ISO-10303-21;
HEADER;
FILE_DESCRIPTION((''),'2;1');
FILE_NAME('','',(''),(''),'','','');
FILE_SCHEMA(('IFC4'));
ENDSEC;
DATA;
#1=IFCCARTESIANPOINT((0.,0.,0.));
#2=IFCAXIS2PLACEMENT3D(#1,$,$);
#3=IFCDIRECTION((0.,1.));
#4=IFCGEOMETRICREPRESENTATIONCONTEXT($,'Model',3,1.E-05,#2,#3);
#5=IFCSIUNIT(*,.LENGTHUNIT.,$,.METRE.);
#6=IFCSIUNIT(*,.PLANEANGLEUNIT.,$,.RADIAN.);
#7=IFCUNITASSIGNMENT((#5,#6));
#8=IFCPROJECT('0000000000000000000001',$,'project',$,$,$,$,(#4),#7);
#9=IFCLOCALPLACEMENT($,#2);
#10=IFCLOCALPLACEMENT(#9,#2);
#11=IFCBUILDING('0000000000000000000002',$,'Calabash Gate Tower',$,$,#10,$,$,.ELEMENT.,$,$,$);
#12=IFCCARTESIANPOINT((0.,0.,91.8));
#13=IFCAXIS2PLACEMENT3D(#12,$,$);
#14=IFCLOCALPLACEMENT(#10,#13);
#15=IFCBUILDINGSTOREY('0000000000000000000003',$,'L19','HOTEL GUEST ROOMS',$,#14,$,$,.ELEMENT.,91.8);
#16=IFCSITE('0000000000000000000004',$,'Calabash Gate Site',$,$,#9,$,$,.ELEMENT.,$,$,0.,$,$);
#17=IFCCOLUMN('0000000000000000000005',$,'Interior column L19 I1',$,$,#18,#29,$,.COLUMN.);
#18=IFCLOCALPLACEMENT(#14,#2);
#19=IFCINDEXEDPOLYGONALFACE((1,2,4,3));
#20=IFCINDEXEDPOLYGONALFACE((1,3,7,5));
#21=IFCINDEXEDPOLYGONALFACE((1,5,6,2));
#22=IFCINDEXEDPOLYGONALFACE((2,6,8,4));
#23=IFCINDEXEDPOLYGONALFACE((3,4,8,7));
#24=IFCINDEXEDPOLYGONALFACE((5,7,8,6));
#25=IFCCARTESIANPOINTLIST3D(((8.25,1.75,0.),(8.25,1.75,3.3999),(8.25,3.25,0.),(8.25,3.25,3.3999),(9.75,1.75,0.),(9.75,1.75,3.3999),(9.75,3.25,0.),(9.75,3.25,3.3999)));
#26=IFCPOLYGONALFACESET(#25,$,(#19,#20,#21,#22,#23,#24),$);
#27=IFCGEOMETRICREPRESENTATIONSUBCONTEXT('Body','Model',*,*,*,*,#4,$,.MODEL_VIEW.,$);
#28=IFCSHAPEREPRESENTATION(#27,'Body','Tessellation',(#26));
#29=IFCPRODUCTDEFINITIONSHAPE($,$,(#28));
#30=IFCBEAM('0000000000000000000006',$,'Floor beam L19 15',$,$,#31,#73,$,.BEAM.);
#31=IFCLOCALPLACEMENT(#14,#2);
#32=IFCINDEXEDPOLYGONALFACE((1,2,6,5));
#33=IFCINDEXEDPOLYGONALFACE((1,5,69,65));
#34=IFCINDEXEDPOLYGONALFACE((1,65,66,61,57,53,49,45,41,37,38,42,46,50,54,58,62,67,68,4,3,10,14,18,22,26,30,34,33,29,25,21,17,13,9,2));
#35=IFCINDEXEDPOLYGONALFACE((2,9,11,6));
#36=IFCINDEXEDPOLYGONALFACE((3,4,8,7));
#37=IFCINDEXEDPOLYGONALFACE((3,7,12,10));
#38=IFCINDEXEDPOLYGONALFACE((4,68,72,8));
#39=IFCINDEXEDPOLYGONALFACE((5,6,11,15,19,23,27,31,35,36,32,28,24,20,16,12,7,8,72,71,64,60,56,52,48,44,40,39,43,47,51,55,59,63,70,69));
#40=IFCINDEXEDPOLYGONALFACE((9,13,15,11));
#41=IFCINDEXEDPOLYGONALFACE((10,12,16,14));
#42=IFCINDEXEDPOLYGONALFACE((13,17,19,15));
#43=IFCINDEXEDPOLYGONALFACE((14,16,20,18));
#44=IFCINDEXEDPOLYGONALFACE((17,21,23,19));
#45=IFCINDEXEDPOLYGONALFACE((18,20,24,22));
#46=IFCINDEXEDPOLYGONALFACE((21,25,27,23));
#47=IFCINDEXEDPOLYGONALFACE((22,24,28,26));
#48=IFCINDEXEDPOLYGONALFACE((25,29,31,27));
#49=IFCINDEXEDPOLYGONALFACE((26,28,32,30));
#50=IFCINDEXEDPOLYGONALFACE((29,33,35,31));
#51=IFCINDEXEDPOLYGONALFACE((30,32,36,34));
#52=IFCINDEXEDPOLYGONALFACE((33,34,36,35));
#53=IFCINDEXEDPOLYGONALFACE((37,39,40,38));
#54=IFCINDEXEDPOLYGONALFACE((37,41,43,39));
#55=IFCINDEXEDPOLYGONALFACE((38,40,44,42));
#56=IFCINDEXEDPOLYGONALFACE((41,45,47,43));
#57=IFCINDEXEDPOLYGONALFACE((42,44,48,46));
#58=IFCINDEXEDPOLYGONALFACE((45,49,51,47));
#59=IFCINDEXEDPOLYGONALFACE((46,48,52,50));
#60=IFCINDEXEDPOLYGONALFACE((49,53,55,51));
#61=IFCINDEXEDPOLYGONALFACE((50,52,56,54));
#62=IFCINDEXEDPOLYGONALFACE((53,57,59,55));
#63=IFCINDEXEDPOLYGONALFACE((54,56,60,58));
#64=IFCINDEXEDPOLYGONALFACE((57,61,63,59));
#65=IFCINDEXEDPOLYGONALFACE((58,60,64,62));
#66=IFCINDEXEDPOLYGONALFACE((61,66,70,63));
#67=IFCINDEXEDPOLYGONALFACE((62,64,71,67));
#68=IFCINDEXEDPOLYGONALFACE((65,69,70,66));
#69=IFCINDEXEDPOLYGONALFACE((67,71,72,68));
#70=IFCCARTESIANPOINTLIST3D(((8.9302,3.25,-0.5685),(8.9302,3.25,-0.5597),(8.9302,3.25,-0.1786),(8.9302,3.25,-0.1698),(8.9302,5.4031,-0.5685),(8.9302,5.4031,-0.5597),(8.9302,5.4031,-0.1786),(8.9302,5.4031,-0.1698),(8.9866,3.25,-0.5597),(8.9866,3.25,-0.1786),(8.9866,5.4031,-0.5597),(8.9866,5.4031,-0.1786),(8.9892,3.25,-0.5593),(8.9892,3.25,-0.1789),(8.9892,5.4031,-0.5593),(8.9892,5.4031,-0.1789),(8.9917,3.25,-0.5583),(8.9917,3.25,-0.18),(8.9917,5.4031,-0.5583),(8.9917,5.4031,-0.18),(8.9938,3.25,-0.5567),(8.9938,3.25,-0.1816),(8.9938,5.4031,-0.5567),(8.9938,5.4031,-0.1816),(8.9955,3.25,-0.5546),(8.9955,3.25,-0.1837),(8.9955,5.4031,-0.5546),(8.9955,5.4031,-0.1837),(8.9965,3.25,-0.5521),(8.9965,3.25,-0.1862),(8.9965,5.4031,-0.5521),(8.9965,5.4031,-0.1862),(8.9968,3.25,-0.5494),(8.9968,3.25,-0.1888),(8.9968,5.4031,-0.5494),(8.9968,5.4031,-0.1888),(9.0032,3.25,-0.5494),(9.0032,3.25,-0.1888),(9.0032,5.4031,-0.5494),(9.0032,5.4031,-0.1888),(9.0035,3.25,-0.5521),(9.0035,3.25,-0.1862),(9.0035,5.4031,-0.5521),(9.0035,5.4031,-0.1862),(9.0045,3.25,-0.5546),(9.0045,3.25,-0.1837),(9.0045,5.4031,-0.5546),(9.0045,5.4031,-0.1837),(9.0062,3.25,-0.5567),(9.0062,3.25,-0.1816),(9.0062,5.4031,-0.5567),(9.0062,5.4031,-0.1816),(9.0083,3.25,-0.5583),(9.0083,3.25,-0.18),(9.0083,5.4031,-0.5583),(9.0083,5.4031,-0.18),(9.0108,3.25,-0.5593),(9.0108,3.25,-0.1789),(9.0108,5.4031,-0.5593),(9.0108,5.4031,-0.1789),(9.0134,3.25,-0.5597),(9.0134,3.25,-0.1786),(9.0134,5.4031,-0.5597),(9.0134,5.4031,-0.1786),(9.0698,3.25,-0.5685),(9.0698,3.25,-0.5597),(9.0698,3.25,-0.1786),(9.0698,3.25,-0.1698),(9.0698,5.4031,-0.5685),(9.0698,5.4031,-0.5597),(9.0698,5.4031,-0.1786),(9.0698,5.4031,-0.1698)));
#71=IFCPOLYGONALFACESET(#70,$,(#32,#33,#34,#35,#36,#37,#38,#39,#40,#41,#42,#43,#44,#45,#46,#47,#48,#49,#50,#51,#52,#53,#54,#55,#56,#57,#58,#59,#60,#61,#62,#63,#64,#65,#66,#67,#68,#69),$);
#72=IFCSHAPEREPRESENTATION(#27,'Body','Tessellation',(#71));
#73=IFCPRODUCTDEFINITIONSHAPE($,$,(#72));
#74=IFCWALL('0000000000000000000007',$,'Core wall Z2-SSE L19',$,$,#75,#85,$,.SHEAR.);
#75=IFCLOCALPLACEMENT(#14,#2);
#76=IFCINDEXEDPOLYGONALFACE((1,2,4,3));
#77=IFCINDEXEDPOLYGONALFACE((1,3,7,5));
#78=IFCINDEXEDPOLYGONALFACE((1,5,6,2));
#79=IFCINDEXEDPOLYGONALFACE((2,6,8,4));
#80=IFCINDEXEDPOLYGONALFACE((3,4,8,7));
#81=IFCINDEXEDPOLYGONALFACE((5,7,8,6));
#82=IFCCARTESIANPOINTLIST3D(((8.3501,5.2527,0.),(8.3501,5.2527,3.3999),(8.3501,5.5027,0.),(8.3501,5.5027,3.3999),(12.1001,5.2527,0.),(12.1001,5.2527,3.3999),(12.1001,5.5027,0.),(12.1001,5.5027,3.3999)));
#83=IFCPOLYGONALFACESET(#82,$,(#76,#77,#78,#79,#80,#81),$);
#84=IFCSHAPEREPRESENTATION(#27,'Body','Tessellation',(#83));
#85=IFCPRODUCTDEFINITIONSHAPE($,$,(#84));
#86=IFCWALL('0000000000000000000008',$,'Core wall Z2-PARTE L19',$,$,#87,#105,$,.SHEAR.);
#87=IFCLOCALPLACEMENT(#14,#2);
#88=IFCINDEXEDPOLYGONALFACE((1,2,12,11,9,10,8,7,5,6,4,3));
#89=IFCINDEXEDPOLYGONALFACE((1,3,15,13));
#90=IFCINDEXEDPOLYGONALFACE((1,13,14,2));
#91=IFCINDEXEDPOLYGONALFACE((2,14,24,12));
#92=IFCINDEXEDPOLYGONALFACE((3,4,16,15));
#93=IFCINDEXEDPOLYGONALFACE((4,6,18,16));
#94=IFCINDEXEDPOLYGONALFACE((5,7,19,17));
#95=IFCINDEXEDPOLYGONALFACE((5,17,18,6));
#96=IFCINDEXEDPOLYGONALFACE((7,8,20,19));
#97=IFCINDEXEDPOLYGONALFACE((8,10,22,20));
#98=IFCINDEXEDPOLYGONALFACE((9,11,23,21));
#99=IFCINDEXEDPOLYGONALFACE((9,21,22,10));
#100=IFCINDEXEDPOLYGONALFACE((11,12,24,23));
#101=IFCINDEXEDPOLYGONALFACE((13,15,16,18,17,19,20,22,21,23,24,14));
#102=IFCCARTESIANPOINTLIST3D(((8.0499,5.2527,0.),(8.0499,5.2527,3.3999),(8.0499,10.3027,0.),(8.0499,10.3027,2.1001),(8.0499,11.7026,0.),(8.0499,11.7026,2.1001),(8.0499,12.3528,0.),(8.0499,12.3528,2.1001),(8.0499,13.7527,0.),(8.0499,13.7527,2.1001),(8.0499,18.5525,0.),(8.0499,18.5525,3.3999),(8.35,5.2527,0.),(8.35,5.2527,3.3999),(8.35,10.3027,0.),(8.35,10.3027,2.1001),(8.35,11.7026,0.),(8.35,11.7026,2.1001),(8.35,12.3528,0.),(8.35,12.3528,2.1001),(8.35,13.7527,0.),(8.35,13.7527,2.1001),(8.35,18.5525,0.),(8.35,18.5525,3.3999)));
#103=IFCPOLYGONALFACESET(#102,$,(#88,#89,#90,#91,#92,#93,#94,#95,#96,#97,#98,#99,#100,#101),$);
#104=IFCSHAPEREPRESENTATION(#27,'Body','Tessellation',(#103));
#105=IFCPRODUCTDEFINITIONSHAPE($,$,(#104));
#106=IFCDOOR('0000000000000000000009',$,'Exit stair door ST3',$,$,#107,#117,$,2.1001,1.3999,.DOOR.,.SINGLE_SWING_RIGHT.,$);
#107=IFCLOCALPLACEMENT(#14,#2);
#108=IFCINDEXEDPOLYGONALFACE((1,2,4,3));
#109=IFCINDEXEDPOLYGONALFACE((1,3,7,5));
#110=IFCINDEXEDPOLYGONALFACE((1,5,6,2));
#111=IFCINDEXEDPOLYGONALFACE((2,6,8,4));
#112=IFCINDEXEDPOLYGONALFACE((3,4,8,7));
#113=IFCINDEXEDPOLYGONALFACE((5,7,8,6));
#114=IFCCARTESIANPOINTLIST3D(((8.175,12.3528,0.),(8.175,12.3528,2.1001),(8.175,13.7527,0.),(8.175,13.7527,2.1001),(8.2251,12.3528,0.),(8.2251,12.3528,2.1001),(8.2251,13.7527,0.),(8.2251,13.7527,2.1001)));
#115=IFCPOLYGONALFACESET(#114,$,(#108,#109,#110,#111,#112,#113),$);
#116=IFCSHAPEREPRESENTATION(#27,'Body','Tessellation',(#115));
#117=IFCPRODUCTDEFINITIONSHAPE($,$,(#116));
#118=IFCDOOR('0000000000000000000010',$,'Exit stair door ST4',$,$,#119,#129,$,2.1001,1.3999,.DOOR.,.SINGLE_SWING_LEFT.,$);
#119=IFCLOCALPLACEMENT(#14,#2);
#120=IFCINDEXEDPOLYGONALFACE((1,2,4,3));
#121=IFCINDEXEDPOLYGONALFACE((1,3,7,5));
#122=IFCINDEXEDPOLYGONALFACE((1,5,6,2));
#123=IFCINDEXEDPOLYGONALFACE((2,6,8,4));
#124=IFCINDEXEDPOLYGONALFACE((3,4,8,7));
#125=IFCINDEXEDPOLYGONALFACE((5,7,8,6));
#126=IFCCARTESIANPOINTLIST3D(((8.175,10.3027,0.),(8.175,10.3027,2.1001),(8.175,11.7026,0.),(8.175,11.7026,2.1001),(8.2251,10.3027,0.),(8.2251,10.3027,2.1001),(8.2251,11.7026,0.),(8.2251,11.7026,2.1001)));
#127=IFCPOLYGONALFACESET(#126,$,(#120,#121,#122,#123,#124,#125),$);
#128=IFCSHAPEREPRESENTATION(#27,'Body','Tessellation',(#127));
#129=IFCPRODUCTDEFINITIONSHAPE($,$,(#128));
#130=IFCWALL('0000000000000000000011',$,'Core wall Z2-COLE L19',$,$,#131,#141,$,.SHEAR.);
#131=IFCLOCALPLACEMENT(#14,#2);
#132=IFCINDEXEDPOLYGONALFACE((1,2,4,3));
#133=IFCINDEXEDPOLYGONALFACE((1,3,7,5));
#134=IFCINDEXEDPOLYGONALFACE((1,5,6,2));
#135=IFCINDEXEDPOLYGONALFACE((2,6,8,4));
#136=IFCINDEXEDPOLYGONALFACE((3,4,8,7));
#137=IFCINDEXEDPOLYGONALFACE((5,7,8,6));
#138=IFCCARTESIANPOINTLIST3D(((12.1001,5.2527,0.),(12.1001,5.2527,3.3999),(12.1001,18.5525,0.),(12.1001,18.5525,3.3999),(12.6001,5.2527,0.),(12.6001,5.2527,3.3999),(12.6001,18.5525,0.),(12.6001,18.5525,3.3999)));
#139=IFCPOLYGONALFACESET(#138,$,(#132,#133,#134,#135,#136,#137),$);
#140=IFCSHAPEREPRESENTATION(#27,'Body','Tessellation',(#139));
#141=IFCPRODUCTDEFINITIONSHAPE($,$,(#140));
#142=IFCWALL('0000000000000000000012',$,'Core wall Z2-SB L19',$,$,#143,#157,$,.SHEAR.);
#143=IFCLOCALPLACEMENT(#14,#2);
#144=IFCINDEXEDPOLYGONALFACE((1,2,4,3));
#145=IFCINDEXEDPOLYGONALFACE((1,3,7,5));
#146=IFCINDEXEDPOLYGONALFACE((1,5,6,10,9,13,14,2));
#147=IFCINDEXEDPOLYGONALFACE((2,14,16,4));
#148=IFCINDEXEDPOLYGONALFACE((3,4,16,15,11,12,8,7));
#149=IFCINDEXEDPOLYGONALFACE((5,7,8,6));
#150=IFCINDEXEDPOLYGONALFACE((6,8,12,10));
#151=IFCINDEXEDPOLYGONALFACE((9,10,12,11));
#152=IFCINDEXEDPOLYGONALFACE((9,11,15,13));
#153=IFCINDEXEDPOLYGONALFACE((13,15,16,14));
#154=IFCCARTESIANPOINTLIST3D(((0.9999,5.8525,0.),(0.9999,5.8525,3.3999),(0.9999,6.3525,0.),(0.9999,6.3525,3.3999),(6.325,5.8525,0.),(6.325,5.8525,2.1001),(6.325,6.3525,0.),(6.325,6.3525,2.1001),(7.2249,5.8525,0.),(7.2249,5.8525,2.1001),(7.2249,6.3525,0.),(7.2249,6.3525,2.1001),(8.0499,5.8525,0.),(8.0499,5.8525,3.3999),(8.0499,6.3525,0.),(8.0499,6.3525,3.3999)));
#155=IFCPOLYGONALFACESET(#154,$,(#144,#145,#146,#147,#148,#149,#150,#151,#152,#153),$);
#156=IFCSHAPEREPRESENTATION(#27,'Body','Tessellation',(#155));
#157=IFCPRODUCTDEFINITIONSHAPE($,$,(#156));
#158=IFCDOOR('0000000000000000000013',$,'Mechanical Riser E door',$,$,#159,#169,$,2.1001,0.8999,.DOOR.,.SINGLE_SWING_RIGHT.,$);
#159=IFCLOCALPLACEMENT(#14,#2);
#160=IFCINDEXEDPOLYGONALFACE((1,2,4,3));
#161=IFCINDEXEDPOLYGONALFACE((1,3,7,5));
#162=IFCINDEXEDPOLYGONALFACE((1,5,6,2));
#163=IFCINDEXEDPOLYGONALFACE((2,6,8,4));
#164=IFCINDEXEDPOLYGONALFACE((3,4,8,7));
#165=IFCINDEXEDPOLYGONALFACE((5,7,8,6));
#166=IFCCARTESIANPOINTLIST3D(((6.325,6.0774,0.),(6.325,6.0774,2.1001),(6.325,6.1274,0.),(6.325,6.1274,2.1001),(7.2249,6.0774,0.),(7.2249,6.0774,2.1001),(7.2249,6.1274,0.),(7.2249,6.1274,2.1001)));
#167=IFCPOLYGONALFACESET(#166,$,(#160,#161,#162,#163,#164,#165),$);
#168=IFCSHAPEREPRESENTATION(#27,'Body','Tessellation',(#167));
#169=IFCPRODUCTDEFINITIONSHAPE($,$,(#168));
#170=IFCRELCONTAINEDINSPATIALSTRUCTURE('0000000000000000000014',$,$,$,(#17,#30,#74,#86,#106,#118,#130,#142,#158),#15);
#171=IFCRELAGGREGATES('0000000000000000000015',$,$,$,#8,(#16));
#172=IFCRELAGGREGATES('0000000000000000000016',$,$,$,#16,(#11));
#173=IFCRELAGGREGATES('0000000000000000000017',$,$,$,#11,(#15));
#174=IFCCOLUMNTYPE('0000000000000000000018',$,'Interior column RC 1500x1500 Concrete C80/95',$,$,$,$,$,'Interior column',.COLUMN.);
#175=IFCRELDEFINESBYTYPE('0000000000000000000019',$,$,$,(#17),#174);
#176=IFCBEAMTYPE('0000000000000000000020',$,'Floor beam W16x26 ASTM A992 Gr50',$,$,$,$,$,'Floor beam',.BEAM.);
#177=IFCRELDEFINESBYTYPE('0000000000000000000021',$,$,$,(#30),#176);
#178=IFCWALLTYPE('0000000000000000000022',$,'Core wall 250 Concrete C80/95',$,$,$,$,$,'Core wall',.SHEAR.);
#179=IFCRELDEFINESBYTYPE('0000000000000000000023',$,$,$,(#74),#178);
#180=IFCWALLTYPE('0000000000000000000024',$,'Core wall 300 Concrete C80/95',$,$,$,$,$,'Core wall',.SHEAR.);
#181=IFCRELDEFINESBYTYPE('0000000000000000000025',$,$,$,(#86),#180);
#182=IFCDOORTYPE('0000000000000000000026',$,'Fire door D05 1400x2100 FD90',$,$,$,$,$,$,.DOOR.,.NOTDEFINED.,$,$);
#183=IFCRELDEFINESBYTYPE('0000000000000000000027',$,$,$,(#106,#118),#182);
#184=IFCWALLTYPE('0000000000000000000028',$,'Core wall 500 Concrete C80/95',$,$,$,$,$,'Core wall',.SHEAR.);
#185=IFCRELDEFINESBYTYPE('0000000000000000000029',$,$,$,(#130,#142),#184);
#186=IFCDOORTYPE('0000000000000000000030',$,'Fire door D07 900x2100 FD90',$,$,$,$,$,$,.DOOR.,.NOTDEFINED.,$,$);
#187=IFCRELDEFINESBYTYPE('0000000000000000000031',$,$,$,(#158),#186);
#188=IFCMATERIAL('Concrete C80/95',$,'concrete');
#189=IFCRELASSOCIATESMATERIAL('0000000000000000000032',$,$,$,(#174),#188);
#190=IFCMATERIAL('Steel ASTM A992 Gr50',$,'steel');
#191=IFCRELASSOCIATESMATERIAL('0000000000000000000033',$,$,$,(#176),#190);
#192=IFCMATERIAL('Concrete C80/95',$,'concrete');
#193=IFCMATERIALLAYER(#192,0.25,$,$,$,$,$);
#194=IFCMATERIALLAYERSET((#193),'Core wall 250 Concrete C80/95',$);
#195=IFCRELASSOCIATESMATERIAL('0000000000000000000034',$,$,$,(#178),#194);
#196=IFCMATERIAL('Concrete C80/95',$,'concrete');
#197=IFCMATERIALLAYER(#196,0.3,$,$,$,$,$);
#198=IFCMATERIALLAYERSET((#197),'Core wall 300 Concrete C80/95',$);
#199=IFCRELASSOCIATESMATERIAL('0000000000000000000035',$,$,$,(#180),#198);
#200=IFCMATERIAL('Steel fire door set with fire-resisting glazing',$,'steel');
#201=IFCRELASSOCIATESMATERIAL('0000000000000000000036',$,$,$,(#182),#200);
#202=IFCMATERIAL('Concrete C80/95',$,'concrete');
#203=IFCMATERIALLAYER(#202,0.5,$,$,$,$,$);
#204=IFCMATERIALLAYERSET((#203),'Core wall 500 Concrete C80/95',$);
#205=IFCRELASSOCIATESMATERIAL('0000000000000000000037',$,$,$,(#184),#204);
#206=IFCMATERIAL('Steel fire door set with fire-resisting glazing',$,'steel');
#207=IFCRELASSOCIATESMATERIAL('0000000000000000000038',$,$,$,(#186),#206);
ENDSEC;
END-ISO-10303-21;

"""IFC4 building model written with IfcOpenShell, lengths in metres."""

from ifc_helpers import new_model, si_unit, direction, frame, frame_2d, origin, origin_2d, place, context, subcontext, project, spatial, rectangle, i_section, extrude, material, layer, layer_set, material_profile, profile_set, type_object, element, fill, save


model = new_model("IFC4")

# Units and contexts
model_context = context("Model", 3, precision=1e-05, world=origin(), true_north=direction((0.0, 1.0)))
body_context = subcontext(model_context, "Body", "Model", "MODEL_VIEW")
ifc_project = project(units=[si_unit("LENGTHUNIT", "METRE"), si_unit("PLANEANGLEUNIT", "RADIAN")], contexts=[model_context])

# Site, building, storey
site_placement = place(None, origin())
site = spatial("IfcSite", under=ifc_project, at=site_placement, Name="Calabash Gate Site", CompositionType="ELEMENT", RefElevation=0.0)
building_placement = place(site_placement, origin())
building = spatial("IfcBuilding", under=site, at=building_placement, Name="Calabash Gate Tower", CompositionType="ELEMENT")
storey_placement = place(building_placement, frame((0.0, 0.0, 91.8)))
storey = spatial("IfcBuildingStorey", under=building, at=storey_placement, Name="L19", Description="HOTEL GUEST ROOMS", CompositionType="ELEMENT", Elevation=91.8)

# Column
ifc_material_1 = material(Name="Concrete C80/95", Category="concrete")
ifc_material_profile_1 = material_profile(ifc_material_1, rectangle(XDim=1.5, YDim=1.5, at=origin_2d()))
ifc_profile_set_1 = profile_set([ifc_material_profile_1], Name="Concrete C80/95")
column_type = type_object("IfcColumnType", Name="Interior column RC 1500x1500 Concrete C80/95", ElementType="Interior column", PredefinedType="COLUMN", material=ifc_profile_set_1)
column_placement = place(storey_placement, frame((9.0, 2.5, 0.0), z_axis=(0.0, 0.0, 1.0), x_axis=(1.0, 0.0, 0.0)))
element("IfcColumn", 1, at=column_placement, inside=storey, type_object=column_type, Name="Interior column L19 I1", PredefinedType="COLUMN", context=body_context, shape_type="SweptSolid", body=[
    extrude(rectangle(XDim=1.5, YDim=1.5, at=origin_2d()), origin(), (0.0, 0.0, 1.0), 3.3999),
])

# Beam
ifc_material_2 = material(Name="Steel ASTM A992 Gr50", Category="steel")
ifc_material_profile_2 = material_profile(ifc_material_2, i_section(OverallWidth=0.1396, OverallDepth=0.3987, WebThickness=0.0063, FlangeThickness=0.0088, FilletRadius=0.0103, at=origin_2d()))
ifc_profile_set_2 = profile_set([ifc_material_profile_2], Name="Steel ASTM A992 Gr50")
beam_type = type_object("IfcBeamType", Name="Floor beam W16x26 ASTM A992 Gr50", ElementType="Floor beam", PredefinedType="BEAM", material=ifc_profile_set_2)
beam_placement = place(storey_placement, frame((9.0, 3.25, -0.3691), z_axis=(0.0, 1.0, 0.0), x_axis=(-1.0, 0.0, 0.0)))
element("IfcBeam", 2, at=beam_placement, inside=storey, type_object=beam_type, Name="Floor beam L19 15", PredefinedType="BEAM", context=body_context, shape_type="SweptSolid", body=[
    extrude(i_section(OverallWidth=0.1396, OverallDepth=0.3987, WebThickness=0.0063, FlangeThickness=0.0088, FilletRadius=0.0103, at=origin_2d()), origin(), (0.0, 0.0, 1.0), 2.1531),
])

# Wall
ifc_material_3 = material(Name="Concrete C80/95", Category="concrete")
ifc_layer_1 = layer(ifc_material_3, 0.25)
ifc_layer_set_1 = layer_set([ifc_layer_1], Name="Core wall 250 Concrete C80/95")
wall_type_1 = type_object("IfcWallType", Name="Core wall 250 Concrete C80/95", ElementType="Core wall", PredefinedType="SHEAR", material=ifc_layer_set_1)
wall_1_placement = place(storey_placement, frame((8.3501, 5.3777, 0.0), z_axis=(0.0, 0.0, 1.0), x_axis=(1.0, 0.0, 0.0)))
element("IfcWall", 3, at=wall_1_placement, inside=storey, type_object=wall_type_1, Name="Core wall Z2-SSE L19", PredefinedType="SHEAR", context=body_context, shape_type="SweptSolid", body=[
    extrude(rectangle(XDim=3.75, YDim=0.25, at=frame_2d((1.875, 0.0))), origin(), (0.0, 0.0, 1.0), 3.3999),
])

# Wall, openings, doors
ifc_material_4 = material(Name="Concrete C80/95", Category="concrete")
ifc_layer_2 = layer(ifc_material_4, 0.3)
ifc_layer_set_2 = layer_set([ifc_layer_2], Name="Core wall 300 Concrete C80/95")
wall_type_2 = type_object("IfcWallType", Name="Core wall 300 Concrete C80/95", ElementType="Core wall", PredefinedType="SHEAR", material=ifc_layer_set_2)
wall_2_placement = place(storey_placement, frame((8.2, 5.2527, 0.0), z_axis=(0.0, 0.0, 1.0), x_axis=(0.0, 1.0, 0.0)))
wall_2 = element("IfcWall", 4, at=wall_2_placement, inside=storey, type_object=wall_type_2, Name="Core wall Z2-PARTE L19", PredefinedType="SHEAR", context=body_context, shape_type="SweptSolid", body=[
    extrude(rectangle(XDim=13.2998, YDim=0.3, at=frame_2d((6.6499, 0.0))), origin(), (0.0, 0.0, 1.0), 3.3999),
])
opening_1_placement = place(wall_2_placement, frame((7.1001, 0.0, 0.0)))
opening_1 = element("IfcOpeningElement", 5, at=opening_1_placement, cuts=wall_2, PredefinedType="OPENING", context=body_context, shape_type="SweptSolid", body=[
    extrude(rectangle(XDim=1.3999, YDim=2.1001, at=frame_2d((0.7, 1.05))), frame((0.0, 0.1599, 0.0), z_axis=(0.0, -1.0, 0.0), x_axis=(1.0, 0.0, 0.0)), (0.0, 0.0, 1.0), 0.3201),
])
opening_2_placement = place(wall_2_placement, frame((5.05, 0.0, 0.0)))
opening_2 = element("IfcOpeningElement", 6, at=opening_2_placement, cuts=wall_2, PredefinedType="OPENING", context=body_context, shape_type="SweptSolid", body=[
    extrude(rectangle(XDim=1.3999, YDim=2.1001, at=frame_2d((0.7, 1.05))), frame((0.0, 0.1599, 0.0), z_axis=(0.0, -1.0, 0.0), x_axis=(1.0, 0.0, 0.0)), (0.0, 0.0, 1.0), 0.3201),
])
ifc_material_5 = material(Name="Steel fire door set with fire-resisting glazing", Category="steel")
door_type_1 = type_object("IfcDoorType", Name="Fire door D05 1400x2100 FD90", OperationType="NOTDEFINED", PredefinedType="DOOR", material=ifc_material_5)
door_1_placement = place(opening_1_placement, origin())
door_1 = element("IfcDoor", 7, at=door_1_placement, inside=storey, type_object=door_type_1, Name="Exit stair door ST3", OperationType="SINGLE_SWING_RIGHT", OverallHeight=2.1001, OverallWidth=1.3999, PredefinedType="DOOR", context=body_context, shape_type="SweptSolid", body=[
    extrude(rectangle(XDim=1.3999, YDim=2.1001, at=frame_2d((0.7, 1.05))), frame((0.0, 0.0249, 0.0), z_axis=(0.0, -1.0, 0.0), x_axis=(1.0, 0.0, 0.0)), (0.0, 0.0, 1.0), 0.05),
])
fill(opening_1, door_1)
door_2_placement = place(opening_2_placement, origin())
door_2 = element("IfcDoor", 8, at=door_2_placement, inside=storey, type_object=door_type_1, Name="Exit stair door ST4", OperationType="SINGLE_SWING_LEFT", OverallHeight=2.1001, OverallWidth=1.3999, PredefinedType="DOOR", context=body_context, shape_type="SweptSolid", body=[
    extrude(rectangle(XDim=1.3999, YDim=2.1001, at=frame_2d((0.7, 1.05))), frame((0.0, 0.0249, 0.0), z_axis=(0.0, -1.0, 0.0), x_axis=(1.0, 0.0, 0.0)), (0.0, 0.0, 1.0), 0.05),
])
fill(opening_2, door_2)

# Wall
ifc_material_6 = material(Name="Concrete C80/95", Category="concrete")
ifc_layer_3 = layer(ifc_material_6, 0.5)
ifc_layer_set_3 = layer_set([ifc_layer_3], Name="Core wall 500 Concrete C80/95")
wall_type_3 = type_object("IfcWallType", Name="Core wall 500 Concrete C80/95", ElementType="Core wall", PredefinedType="SHEAR", material=ifc_layer_set_3)
wall_3_placement = place(storey_placement, frame((12.3501, 5.2527, 0.0), z_axis=(0.0, 0.0, 1.0), x_axis=(0.0, 1.0, 0.0)))
element("IfcWall", 9, at=wall_3_placement, inside=storey, type_object=wall_type_3, Name="Core wall Z2-COLE L19", PredefinedType="SHEAR", context=body_context, shape_type="SweptSolid", body=[
    extrude(rectangle(XDim=13.2998, YDim=0.5, at=frame_2d((6.6499, 0.0))), origin(), (0.0, 0.0, 1.0), 3.3999),
])

# Wall, opening, door
wall_4_placement = place(storey_placement, frame((1.0, 6.1025, 0.0), z_axis=(0.0, 0.0, 1.0), x_axis=(1.0, 0.0, 0.0)))
wall_4 = element("IfcWall", 10, at=wall_4_placement, inside=storey, type_object=wall_type_3, Name="Core wall Z2-SB L19", PredefinedType="SHEAR", context=body_context, shape_type="SweptSolid", body=[
    extrude(rectangle(XDim=7.05, YDim=0.5, at=frame_2d((3.5249, 0.0))), origin(), (0.0, 0.0, 1.0), 3.3999),
])
opening_3_placement = place(wall_4_placement, frame((5.325, 0.0, 0.0)))
opening_3 = element("IfcOpeningElement", 11, at=opening_3_placement, cuts=wall_4, PredefinedType="OPENING", context=body_context, shape_type="SweptSolid", body=[
    extrude(rectangle(XDim=0.8999, YDim=2.1001, at=frame_2d((0.45, 1.05))), frame((0.0, 0.26, 0.0), z_axis=(0.0, -1.0, 0.0), x_axis=(1.0, 0.0, 0.0)), (0.0, 0.0, 1.0), 0.52),
])
ifc_material_7 = material(Name="Steel fire door set with fire-resisting glazing", Category="steel")
door_type_2 = type_object("IfcDoorType", Name="Fire door D07 900x2100 FD90", OperationType="NOTDEFINED", PredefinedType="DOOR", material=ifc_material_7)
door_3_placement = place(opening_3_placement, origin())
door_3 = element("IfcDoor", 12, at=door_3_placement, inside=storey, type_object=door_type_2, Name="Mechanical Riser E door", OperationType="SINGLE_SWING_RIGHT", OverallHeight=2.1001, OverallWidth=0.8999, PredefinedType="DOOR", context=body_context, shape_type="SweptSolid", body=[
    extrude(rectangle(XDim=0.8999, YDim=2.1001, at=frame_2d((0.45, 1.05))), frame((0.0, 0.0249, 0.0), z_axis=(0.0, -1.0, 0.0), x_axis=(1.0, 0.0, 0.0)), (0.0, 0.0, 1.0), 0.05),
])
fill(opening_3, door_3)

save(model, "model.ifc")
